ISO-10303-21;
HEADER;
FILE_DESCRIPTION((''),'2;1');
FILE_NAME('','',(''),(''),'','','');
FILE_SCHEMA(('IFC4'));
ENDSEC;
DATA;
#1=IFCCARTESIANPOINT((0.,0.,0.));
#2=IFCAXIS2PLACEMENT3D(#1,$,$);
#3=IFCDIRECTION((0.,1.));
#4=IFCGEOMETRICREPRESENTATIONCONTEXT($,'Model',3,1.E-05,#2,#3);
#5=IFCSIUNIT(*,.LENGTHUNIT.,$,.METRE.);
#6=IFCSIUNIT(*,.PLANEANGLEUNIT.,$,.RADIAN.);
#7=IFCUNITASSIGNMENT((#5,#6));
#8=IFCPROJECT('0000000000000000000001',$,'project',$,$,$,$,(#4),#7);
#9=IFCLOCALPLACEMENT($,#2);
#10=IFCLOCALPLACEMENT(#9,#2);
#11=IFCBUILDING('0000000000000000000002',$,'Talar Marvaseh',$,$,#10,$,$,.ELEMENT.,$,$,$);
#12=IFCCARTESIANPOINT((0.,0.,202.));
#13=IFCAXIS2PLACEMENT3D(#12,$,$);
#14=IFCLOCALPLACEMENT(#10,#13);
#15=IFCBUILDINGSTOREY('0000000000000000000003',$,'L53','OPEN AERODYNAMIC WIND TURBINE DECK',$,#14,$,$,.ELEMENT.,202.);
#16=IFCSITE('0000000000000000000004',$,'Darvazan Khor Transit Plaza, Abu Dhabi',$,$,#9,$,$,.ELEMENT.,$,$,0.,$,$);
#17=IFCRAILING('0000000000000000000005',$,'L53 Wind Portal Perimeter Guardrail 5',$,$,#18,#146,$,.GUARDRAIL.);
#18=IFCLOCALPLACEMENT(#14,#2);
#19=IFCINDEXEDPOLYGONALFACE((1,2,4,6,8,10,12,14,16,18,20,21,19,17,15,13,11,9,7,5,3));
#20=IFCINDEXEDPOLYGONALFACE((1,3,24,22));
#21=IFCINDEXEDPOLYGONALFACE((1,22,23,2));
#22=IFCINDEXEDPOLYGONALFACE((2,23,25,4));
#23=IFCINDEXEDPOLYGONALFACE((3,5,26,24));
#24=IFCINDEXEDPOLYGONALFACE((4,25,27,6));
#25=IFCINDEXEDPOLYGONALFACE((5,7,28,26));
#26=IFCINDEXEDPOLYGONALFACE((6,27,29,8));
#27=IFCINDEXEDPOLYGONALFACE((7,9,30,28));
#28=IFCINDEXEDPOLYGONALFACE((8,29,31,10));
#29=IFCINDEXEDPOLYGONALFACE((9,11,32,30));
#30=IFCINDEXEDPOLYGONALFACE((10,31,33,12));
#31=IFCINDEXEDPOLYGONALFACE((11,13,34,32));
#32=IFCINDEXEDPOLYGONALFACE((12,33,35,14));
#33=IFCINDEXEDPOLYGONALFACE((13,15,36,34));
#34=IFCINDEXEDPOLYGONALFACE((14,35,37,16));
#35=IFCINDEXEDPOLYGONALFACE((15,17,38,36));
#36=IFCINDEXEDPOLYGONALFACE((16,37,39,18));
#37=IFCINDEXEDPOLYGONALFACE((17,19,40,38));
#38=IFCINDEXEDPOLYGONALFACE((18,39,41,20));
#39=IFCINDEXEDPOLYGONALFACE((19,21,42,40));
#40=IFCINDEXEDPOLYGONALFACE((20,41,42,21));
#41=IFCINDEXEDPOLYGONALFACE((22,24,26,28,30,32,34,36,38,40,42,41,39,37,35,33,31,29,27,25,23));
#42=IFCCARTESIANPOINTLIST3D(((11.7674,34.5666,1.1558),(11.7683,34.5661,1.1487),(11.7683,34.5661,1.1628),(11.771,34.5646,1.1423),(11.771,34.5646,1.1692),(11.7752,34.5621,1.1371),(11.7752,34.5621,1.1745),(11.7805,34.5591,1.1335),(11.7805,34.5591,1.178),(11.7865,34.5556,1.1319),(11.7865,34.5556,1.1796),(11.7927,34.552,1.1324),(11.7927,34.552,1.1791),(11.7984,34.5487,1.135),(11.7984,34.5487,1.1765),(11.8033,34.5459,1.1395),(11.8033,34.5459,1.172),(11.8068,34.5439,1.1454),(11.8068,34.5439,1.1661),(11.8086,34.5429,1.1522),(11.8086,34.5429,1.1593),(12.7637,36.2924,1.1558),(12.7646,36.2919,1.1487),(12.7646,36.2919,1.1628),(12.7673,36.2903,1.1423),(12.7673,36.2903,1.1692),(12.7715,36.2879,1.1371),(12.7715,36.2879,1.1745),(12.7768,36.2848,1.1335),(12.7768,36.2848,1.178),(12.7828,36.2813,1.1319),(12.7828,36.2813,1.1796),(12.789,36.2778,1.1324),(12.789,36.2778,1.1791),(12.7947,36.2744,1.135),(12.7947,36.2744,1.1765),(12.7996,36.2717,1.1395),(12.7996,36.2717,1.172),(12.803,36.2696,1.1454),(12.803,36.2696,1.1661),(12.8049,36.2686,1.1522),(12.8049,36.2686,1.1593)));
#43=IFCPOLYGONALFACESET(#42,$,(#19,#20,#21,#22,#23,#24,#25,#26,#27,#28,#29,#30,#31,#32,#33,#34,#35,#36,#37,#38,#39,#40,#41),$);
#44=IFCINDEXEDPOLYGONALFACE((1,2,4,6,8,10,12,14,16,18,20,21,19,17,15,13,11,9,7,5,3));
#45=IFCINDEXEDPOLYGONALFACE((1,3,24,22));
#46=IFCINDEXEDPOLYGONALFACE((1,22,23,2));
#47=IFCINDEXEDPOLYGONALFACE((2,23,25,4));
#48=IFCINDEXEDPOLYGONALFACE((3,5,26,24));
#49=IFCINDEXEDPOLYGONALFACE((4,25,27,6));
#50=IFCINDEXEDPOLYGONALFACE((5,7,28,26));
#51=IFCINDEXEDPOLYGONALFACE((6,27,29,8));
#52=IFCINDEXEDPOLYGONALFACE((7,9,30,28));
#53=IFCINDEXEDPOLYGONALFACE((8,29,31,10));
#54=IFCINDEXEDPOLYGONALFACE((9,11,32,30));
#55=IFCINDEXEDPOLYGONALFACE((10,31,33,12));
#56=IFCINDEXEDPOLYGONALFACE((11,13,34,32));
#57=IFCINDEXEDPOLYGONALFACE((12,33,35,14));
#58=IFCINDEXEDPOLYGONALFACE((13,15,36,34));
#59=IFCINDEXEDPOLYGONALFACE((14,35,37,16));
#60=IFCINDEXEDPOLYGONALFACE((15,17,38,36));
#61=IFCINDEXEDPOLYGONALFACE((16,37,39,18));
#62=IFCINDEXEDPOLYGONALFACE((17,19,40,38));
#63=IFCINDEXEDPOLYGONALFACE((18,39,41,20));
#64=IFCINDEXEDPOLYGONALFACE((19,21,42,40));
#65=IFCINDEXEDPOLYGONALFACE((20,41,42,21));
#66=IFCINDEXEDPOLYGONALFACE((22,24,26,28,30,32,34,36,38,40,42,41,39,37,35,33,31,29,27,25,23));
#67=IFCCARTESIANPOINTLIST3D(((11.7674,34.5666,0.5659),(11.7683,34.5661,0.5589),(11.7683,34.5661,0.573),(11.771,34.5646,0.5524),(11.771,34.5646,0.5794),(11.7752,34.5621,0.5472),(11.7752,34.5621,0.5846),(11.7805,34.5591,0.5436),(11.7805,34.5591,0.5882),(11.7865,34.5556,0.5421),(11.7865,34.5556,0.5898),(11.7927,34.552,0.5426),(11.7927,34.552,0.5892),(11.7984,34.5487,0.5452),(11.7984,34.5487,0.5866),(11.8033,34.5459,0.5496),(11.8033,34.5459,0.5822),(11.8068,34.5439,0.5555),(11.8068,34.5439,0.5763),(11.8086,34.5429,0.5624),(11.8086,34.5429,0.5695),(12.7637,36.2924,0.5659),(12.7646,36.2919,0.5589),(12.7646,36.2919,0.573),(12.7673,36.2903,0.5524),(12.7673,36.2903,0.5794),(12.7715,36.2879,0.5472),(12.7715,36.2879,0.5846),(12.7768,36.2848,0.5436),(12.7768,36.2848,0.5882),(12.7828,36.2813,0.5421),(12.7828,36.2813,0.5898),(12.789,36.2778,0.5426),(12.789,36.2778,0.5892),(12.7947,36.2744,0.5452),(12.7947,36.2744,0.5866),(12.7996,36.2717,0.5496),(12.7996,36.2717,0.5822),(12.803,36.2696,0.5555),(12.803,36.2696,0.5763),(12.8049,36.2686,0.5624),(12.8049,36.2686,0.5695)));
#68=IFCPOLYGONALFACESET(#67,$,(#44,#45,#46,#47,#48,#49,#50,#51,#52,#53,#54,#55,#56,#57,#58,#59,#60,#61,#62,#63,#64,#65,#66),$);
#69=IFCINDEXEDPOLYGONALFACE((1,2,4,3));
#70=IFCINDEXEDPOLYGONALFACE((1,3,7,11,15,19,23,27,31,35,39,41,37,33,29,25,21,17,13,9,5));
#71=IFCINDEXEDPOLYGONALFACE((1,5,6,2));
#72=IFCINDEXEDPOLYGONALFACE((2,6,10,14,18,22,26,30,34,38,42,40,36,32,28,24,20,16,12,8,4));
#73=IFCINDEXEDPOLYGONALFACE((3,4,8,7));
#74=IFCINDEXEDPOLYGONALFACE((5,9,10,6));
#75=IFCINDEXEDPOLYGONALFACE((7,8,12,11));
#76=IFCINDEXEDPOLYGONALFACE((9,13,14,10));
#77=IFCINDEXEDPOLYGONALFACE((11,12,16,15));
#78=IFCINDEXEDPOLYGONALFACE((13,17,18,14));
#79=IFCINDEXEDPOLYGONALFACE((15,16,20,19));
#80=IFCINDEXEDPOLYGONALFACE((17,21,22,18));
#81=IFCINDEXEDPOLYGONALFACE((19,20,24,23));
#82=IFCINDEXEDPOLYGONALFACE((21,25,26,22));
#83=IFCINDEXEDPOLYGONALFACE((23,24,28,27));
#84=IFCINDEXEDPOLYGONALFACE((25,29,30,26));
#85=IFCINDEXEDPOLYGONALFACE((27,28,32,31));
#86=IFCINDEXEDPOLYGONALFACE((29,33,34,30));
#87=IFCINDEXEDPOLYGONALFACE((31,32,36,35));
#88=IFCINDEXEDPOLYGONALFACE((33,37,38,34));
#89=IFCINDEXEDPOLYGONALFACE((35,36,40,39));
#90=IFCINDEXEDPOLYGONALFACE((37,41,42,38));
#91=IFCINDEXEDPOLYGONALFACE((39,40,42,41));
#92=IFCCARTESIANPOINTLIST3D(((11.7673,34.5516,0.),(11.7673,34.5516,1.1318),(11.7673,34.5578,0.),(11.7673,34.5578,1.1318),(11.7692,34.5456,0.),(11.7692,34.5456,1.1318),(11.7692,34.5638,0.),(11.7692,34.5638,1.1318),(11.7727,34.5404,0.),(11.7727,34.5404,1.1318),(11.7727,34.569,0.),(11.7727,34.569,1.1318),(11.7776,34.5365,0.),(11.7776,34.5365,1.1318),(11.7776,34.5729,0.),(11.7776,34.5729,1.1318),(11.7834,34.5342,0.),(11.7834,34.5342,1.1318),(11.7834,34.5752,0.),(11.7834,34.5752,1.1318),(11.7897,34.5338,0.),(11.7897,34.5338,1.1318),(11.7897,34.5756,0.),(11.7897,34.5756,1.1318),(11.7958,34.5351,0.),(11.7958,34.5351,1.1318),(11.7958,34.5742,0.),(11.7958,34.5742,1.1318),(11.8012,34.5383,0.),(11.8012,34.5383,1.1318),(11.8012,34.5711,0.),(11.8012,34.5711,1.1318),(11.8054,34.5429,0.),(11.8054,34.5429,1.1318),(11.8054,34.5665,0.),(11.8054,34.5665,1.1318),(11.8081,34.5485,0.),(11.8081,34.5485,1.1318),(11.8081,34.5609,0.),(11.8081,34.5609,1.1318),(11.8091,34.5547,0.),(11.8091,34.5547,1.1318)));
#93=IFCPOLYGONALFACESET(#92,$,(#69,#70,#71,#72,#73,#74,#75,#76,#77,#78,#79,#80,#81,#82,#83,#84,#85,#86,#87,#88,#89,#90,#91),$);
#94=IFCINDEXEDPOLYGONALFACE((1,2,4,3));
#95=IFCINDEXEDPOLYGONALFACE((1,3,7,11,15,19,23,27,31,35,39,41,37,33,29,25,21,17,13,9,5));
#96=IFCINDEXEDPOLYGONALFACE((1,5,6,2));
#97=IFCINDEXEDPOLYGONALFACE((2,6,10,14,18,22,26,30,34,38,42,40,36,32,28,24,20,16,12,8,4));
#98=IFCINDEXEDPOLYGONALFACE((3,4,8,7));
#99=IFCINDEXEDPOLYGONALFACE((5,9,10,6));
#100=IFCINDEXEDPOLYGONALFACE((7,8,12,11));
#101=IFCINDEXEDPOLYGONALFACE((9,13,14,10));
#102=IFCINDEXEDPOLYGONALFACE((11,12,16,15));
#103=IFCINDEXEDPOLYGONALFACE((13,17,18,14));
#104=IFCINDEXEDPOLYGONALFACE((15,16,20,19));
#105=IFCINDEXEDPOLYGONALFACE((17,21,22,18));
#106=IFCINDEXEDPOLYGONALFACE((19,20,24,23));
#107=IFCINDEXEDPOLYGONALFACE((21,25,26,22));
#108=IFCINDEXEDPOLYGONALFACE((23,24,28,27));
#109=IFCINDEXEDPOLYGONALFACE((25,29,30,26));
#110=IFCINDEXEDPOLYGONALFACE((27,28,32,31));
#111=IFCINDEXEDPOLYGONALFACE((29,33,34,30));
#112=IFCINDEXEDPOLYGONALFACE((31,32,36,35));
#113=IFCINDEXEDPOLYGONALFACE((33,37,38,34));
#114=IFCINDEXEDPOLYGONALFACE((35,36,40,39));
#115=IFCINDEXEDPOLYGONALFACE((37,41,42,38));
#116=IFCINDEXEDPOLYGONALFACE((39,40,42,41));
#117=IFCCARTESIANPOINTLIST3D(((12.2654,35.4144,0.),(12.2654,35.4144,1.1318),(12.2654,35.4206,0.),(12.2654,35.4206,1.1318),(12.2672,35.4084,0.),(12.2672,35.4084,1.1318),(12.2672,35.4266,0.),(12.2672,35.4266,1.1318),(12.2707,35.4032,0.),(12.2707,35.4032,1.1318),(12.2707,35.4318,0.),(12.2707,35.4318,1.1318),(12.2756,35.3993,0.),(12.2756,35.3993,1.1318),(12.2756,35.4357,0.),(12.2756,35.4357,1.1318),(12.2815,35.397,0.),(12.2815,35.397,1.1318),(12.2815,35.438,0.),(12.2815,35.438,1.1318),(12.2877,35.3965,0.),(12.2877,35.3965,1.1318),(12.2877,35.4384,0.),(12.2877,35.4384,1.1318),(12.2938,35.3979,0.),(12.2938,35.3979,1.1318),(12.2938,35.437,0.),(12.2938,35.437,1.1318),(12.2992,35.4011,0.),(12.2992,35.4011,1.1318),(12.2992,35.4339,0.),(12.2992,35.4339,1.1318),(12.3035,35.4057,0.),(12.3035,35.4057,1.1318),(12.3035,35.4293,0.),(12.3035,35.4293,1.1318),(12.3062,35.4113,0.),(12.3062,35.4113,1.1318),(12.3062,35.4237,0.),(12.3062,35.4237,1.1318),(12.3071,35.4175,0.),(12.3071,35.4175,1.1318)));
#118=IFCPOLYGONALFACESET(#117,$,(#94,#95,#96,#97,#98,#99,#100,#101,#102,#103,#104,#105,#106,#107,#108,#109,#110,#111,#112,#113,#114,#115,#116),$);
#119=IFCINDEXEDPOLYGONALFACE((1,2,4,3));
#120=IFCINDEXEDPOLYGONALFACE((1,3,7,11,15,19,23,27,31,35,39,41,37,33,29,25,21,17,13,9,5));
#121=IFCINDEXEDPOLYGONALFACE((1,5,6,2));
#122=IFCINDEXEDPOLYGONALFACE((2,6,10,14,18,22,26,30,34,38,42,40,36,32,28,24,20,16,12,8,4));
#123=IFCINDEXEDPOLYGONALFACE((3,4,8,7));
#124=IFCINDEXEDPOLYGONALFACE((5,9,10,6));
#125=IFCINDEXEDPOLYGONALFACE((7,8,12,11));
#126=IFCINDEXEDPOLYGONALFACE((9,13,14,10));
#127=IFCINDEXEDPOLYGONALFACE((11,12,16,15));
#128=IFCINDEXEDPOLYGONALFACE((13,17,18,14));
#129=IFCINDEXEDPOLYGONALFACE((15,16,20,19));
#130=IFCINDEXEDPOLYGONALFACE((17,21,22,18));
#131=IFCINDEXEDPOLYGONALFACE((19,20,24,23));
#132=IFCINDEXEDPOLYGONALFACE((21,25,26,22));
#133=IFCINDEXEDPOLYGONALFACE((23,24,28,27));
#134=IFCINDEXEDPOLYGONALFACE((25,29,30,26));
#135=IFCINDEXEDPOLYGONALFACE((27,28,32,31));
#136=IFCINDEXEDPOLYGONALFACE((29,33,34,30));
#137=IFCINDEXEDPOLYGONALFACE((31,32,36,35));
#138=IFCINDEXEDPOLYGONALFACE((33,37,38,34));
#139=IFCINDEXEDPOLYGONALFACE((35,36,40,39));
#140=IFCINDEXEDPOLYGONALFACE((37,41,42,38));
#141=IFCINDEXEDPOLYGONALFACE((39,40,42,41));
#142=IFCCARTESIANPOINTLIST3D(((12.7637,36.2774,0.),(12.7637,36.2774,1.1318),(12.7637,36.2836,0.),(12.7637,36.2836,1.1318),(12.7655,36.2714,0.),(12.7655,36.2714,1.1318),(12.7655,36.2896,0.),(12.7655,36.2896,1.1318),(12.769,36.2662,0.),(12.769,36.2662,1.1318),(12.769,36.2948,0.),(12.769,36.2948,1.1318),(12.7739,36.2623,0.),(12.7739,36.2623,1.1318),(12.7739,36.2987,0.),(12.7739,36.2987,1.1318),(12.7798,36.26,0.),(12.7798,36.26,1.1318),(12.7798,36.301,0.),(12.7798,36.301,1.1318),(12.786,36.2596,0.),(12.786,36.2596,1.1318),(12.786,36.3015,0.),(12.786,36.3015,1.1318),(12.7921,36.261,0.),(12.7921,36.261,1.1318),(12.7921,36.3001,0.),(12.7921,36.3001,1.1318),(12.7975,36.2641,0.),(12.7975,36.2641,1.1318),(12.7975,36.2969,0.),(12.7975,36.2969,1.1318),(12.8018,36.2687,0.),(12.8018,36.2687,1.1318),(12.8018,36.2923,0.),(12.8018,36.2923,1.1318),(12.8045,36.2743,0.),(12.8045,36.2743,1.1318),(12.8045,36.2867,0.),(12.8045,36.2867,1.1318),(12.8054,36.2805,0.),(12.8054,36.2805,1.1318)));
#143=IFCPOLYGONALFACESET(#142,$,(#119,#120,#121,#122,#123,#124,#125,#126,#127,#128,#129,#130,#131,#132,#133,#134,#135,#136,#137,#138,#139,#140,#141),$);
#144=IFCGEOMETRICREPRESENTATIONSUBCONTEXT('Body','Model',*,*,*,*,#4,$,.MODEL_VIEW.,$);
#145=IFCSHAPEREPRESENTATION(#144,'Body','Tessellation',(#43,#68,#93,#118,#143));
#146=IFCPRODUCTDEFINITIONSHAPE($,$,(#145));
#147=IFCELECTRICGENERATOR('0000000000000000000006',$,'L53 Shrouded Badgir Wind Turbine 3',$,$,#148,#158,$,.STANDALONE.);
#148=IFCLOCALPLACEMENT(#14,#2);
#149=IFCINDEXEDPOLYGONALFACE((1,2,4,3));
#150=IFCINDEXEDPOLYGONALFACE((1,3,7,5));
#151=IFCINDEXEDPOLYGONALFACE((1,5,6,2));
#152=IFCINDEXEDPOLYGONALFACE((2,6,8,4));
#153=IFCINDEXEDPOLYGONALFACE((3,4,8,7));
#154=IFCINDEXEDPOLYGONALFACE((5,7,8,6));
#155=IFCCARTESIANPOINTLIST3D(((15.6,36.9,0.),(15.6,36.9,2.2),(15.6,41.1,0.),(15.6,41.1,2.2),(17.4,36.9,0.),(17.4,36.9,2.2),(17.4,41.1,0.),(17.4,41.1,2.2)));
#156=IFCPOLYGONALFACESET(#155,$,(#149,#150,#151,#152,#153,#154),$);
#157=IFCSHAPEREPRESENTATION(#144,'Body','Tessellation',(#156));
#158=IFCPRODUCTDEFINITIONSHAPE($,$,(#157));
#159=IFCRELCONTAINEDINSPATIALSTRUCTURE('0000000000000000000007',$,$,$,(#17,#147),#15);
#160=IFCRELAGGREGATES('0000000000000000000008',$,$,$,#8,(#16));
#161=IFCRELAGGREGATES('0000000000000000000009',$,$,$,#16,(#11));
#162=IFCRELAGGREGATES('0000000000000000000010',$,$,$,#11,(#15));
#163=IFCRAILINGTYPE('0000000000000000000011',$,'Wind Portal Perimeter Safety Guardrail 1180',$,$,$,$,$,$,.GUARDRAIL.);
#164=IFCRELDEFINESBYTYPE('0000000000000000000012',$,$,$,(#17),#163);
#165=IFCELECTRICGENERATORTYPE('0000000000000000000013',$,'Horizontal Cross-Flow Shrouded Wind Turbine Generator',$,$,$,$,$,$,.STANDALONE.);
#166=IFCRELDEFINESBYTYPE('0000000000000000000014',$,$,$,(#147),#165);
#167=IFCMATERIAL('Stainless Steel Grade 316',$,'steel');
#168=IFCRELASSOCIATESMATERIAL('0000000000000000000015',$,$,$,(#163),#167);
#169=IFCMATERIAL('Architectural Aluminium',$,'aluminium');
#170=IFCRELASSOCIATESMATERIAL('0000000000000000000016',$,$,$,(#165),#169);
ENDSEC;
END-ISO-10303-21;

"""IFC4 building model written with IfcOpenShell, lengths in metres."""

from ifc_helpers import new_model, si_unit, direction, frame, origin, origin_2d, place, context, subcontext, project, spatial, rectangle, circle, extrude, source, transform, mapped, material, type_object, type_shapes, element, save


model = new_model("IFC4")

# Units and contexts
model_context = context("Model", 3, precision=1e-05, world=origin(), true_north=direction((0.0, 1.0)))
body_context = subcontext(model_context, "Body", "Model", "MODEL_VIEW")
ifc_project = project(units=[si_unit("LENGTHUNIT", "METRE"), si_unit("PLANEANGLEUNIT", "RADIAN")], contexts=[model_context])

# Site, building, storey
site_placement = place(None, origin())
site = spatial("IfcSite", under=ifc_project, at=site_placement, Name="Darvazan Khor Transit Plaza, Abu Dhabi", CompositionType="ELEMENT", RefElevation=0.0)
building_placement = place(site_placement, origin())
building = spatial("IfcBuilding", under=site, at=building_placement, Name="Talar Marvaseh", CompositionType="ELEMENT")
storey_placement = place(building_placement, frame((0.0, 0.0, 202.0)))
storey = spatial("IfcBuildingStorey", under=building, at=storey_placement, Name="L53", Description="OPEN AERODYNAMIC WIND TURBINE DECK", CompositionType="ELEMENT", Elevation=202.0)

# Railing
ifc_material_1 = material(Name="Stainless Steel Grade 316", Category="steel")
railing_type_1 = type_object("IfcRailingType", Name="Wind Portal Perimeter Safety Guardrail 1180", PredefinedType="GUARDRAIL", material=ifc_material_1)
railing_1_placement = place(storey_placement, frame((11.7881, 34.5547, 0.0)))
element("IfcRailing", 1, at=railing_1_placement, inside=storey, type_object=railing_type_1, Name="L53 Wind Portal Perimeter Guardrail 5", PredefinedType="GUARDRAIL", context=body_context, shape_type="SweptSolid", body=[
    extrude(circle(Radius=0.0239, at=origin_2d()), frame((0.0, 0.0, 1.1558), z_axis=(0.499973, 0.866041, 0.0), x_axis=(-0.866041, 0.499973, 0.0)), (0.0, 0.0, 1.0), 1.9927),
    extrude(circle(Radius=0.0239, at=origin_2d()), frame((0.0, 0.0, 0.5659), z_axis=(0.499973, 0.866041, 0.0), x_axis=(-0.866041, 0.499973, 0.0)), (0.0, 0.0, 1.0), 1.9927),
    extrude(circle(Radius=0.021, at=origin_2d()), origin(), (0.0, 0.0, 1.0), 1.1318),
    extrude(circle(Radius=0.021, at=origin_2d()), frame((0.498, 0.8628, 0.0)), (0.0, 0.0, 1.0), 1.1318),
    extrude(circle(Radius=0.021, at=origin_2d()), frame((0.9963, 1.7258, 0.0)), (0.0, 0.0, 1.0), 1.1318),
])

# Electric generator
ifc_material_2 = material(Name="Architectural Aluminium", Category="aluminium")
electric_generator_type = type_object("IfcElectricGeneratorType", Name="Horizontal Cross-Flow Shrouded Wind Turbine Generator", PredefinedType="STANDALONE", material=ifc_material_2)
shared_shape_1 = source(origin(), body_context, "Body", "SweptSolid", [
    extrude(rectangle(XDim=4.2, YDim=1.8, at=origin_2d()), origin(), (0.0, 0.0, 1.0), 2.2),
])
type_shapes(electric_generator_type, [shared_shape_1])
electric_generator_placement = place(storey_placement, frame((16.5, 39.0, 0.0), z_axis=(0.0, 0.0, 1.0), x_axis=(0.0, 1.0, 0.0)))
element("IfcElectricGenerator", 2, at=electric_generator_placement, inside=storey, type_object=electric_generator_type, Name="L53 Shrouded Badgir Wind Turbine 3", PredefinedType="STANDALONE", context=body_context, shape_type="MappedRepresentation", body=[
    mapped(shared_shape_1, transform((0.0, 0.0, 0.0), x_axis=(1.0, 0.0, 0.0), y_axis=(0.0, 1.0, 0.0), z_axis=(0.0, 0.0, 1.0), scale=1.0)),
])

save(model, "model.ifc")
